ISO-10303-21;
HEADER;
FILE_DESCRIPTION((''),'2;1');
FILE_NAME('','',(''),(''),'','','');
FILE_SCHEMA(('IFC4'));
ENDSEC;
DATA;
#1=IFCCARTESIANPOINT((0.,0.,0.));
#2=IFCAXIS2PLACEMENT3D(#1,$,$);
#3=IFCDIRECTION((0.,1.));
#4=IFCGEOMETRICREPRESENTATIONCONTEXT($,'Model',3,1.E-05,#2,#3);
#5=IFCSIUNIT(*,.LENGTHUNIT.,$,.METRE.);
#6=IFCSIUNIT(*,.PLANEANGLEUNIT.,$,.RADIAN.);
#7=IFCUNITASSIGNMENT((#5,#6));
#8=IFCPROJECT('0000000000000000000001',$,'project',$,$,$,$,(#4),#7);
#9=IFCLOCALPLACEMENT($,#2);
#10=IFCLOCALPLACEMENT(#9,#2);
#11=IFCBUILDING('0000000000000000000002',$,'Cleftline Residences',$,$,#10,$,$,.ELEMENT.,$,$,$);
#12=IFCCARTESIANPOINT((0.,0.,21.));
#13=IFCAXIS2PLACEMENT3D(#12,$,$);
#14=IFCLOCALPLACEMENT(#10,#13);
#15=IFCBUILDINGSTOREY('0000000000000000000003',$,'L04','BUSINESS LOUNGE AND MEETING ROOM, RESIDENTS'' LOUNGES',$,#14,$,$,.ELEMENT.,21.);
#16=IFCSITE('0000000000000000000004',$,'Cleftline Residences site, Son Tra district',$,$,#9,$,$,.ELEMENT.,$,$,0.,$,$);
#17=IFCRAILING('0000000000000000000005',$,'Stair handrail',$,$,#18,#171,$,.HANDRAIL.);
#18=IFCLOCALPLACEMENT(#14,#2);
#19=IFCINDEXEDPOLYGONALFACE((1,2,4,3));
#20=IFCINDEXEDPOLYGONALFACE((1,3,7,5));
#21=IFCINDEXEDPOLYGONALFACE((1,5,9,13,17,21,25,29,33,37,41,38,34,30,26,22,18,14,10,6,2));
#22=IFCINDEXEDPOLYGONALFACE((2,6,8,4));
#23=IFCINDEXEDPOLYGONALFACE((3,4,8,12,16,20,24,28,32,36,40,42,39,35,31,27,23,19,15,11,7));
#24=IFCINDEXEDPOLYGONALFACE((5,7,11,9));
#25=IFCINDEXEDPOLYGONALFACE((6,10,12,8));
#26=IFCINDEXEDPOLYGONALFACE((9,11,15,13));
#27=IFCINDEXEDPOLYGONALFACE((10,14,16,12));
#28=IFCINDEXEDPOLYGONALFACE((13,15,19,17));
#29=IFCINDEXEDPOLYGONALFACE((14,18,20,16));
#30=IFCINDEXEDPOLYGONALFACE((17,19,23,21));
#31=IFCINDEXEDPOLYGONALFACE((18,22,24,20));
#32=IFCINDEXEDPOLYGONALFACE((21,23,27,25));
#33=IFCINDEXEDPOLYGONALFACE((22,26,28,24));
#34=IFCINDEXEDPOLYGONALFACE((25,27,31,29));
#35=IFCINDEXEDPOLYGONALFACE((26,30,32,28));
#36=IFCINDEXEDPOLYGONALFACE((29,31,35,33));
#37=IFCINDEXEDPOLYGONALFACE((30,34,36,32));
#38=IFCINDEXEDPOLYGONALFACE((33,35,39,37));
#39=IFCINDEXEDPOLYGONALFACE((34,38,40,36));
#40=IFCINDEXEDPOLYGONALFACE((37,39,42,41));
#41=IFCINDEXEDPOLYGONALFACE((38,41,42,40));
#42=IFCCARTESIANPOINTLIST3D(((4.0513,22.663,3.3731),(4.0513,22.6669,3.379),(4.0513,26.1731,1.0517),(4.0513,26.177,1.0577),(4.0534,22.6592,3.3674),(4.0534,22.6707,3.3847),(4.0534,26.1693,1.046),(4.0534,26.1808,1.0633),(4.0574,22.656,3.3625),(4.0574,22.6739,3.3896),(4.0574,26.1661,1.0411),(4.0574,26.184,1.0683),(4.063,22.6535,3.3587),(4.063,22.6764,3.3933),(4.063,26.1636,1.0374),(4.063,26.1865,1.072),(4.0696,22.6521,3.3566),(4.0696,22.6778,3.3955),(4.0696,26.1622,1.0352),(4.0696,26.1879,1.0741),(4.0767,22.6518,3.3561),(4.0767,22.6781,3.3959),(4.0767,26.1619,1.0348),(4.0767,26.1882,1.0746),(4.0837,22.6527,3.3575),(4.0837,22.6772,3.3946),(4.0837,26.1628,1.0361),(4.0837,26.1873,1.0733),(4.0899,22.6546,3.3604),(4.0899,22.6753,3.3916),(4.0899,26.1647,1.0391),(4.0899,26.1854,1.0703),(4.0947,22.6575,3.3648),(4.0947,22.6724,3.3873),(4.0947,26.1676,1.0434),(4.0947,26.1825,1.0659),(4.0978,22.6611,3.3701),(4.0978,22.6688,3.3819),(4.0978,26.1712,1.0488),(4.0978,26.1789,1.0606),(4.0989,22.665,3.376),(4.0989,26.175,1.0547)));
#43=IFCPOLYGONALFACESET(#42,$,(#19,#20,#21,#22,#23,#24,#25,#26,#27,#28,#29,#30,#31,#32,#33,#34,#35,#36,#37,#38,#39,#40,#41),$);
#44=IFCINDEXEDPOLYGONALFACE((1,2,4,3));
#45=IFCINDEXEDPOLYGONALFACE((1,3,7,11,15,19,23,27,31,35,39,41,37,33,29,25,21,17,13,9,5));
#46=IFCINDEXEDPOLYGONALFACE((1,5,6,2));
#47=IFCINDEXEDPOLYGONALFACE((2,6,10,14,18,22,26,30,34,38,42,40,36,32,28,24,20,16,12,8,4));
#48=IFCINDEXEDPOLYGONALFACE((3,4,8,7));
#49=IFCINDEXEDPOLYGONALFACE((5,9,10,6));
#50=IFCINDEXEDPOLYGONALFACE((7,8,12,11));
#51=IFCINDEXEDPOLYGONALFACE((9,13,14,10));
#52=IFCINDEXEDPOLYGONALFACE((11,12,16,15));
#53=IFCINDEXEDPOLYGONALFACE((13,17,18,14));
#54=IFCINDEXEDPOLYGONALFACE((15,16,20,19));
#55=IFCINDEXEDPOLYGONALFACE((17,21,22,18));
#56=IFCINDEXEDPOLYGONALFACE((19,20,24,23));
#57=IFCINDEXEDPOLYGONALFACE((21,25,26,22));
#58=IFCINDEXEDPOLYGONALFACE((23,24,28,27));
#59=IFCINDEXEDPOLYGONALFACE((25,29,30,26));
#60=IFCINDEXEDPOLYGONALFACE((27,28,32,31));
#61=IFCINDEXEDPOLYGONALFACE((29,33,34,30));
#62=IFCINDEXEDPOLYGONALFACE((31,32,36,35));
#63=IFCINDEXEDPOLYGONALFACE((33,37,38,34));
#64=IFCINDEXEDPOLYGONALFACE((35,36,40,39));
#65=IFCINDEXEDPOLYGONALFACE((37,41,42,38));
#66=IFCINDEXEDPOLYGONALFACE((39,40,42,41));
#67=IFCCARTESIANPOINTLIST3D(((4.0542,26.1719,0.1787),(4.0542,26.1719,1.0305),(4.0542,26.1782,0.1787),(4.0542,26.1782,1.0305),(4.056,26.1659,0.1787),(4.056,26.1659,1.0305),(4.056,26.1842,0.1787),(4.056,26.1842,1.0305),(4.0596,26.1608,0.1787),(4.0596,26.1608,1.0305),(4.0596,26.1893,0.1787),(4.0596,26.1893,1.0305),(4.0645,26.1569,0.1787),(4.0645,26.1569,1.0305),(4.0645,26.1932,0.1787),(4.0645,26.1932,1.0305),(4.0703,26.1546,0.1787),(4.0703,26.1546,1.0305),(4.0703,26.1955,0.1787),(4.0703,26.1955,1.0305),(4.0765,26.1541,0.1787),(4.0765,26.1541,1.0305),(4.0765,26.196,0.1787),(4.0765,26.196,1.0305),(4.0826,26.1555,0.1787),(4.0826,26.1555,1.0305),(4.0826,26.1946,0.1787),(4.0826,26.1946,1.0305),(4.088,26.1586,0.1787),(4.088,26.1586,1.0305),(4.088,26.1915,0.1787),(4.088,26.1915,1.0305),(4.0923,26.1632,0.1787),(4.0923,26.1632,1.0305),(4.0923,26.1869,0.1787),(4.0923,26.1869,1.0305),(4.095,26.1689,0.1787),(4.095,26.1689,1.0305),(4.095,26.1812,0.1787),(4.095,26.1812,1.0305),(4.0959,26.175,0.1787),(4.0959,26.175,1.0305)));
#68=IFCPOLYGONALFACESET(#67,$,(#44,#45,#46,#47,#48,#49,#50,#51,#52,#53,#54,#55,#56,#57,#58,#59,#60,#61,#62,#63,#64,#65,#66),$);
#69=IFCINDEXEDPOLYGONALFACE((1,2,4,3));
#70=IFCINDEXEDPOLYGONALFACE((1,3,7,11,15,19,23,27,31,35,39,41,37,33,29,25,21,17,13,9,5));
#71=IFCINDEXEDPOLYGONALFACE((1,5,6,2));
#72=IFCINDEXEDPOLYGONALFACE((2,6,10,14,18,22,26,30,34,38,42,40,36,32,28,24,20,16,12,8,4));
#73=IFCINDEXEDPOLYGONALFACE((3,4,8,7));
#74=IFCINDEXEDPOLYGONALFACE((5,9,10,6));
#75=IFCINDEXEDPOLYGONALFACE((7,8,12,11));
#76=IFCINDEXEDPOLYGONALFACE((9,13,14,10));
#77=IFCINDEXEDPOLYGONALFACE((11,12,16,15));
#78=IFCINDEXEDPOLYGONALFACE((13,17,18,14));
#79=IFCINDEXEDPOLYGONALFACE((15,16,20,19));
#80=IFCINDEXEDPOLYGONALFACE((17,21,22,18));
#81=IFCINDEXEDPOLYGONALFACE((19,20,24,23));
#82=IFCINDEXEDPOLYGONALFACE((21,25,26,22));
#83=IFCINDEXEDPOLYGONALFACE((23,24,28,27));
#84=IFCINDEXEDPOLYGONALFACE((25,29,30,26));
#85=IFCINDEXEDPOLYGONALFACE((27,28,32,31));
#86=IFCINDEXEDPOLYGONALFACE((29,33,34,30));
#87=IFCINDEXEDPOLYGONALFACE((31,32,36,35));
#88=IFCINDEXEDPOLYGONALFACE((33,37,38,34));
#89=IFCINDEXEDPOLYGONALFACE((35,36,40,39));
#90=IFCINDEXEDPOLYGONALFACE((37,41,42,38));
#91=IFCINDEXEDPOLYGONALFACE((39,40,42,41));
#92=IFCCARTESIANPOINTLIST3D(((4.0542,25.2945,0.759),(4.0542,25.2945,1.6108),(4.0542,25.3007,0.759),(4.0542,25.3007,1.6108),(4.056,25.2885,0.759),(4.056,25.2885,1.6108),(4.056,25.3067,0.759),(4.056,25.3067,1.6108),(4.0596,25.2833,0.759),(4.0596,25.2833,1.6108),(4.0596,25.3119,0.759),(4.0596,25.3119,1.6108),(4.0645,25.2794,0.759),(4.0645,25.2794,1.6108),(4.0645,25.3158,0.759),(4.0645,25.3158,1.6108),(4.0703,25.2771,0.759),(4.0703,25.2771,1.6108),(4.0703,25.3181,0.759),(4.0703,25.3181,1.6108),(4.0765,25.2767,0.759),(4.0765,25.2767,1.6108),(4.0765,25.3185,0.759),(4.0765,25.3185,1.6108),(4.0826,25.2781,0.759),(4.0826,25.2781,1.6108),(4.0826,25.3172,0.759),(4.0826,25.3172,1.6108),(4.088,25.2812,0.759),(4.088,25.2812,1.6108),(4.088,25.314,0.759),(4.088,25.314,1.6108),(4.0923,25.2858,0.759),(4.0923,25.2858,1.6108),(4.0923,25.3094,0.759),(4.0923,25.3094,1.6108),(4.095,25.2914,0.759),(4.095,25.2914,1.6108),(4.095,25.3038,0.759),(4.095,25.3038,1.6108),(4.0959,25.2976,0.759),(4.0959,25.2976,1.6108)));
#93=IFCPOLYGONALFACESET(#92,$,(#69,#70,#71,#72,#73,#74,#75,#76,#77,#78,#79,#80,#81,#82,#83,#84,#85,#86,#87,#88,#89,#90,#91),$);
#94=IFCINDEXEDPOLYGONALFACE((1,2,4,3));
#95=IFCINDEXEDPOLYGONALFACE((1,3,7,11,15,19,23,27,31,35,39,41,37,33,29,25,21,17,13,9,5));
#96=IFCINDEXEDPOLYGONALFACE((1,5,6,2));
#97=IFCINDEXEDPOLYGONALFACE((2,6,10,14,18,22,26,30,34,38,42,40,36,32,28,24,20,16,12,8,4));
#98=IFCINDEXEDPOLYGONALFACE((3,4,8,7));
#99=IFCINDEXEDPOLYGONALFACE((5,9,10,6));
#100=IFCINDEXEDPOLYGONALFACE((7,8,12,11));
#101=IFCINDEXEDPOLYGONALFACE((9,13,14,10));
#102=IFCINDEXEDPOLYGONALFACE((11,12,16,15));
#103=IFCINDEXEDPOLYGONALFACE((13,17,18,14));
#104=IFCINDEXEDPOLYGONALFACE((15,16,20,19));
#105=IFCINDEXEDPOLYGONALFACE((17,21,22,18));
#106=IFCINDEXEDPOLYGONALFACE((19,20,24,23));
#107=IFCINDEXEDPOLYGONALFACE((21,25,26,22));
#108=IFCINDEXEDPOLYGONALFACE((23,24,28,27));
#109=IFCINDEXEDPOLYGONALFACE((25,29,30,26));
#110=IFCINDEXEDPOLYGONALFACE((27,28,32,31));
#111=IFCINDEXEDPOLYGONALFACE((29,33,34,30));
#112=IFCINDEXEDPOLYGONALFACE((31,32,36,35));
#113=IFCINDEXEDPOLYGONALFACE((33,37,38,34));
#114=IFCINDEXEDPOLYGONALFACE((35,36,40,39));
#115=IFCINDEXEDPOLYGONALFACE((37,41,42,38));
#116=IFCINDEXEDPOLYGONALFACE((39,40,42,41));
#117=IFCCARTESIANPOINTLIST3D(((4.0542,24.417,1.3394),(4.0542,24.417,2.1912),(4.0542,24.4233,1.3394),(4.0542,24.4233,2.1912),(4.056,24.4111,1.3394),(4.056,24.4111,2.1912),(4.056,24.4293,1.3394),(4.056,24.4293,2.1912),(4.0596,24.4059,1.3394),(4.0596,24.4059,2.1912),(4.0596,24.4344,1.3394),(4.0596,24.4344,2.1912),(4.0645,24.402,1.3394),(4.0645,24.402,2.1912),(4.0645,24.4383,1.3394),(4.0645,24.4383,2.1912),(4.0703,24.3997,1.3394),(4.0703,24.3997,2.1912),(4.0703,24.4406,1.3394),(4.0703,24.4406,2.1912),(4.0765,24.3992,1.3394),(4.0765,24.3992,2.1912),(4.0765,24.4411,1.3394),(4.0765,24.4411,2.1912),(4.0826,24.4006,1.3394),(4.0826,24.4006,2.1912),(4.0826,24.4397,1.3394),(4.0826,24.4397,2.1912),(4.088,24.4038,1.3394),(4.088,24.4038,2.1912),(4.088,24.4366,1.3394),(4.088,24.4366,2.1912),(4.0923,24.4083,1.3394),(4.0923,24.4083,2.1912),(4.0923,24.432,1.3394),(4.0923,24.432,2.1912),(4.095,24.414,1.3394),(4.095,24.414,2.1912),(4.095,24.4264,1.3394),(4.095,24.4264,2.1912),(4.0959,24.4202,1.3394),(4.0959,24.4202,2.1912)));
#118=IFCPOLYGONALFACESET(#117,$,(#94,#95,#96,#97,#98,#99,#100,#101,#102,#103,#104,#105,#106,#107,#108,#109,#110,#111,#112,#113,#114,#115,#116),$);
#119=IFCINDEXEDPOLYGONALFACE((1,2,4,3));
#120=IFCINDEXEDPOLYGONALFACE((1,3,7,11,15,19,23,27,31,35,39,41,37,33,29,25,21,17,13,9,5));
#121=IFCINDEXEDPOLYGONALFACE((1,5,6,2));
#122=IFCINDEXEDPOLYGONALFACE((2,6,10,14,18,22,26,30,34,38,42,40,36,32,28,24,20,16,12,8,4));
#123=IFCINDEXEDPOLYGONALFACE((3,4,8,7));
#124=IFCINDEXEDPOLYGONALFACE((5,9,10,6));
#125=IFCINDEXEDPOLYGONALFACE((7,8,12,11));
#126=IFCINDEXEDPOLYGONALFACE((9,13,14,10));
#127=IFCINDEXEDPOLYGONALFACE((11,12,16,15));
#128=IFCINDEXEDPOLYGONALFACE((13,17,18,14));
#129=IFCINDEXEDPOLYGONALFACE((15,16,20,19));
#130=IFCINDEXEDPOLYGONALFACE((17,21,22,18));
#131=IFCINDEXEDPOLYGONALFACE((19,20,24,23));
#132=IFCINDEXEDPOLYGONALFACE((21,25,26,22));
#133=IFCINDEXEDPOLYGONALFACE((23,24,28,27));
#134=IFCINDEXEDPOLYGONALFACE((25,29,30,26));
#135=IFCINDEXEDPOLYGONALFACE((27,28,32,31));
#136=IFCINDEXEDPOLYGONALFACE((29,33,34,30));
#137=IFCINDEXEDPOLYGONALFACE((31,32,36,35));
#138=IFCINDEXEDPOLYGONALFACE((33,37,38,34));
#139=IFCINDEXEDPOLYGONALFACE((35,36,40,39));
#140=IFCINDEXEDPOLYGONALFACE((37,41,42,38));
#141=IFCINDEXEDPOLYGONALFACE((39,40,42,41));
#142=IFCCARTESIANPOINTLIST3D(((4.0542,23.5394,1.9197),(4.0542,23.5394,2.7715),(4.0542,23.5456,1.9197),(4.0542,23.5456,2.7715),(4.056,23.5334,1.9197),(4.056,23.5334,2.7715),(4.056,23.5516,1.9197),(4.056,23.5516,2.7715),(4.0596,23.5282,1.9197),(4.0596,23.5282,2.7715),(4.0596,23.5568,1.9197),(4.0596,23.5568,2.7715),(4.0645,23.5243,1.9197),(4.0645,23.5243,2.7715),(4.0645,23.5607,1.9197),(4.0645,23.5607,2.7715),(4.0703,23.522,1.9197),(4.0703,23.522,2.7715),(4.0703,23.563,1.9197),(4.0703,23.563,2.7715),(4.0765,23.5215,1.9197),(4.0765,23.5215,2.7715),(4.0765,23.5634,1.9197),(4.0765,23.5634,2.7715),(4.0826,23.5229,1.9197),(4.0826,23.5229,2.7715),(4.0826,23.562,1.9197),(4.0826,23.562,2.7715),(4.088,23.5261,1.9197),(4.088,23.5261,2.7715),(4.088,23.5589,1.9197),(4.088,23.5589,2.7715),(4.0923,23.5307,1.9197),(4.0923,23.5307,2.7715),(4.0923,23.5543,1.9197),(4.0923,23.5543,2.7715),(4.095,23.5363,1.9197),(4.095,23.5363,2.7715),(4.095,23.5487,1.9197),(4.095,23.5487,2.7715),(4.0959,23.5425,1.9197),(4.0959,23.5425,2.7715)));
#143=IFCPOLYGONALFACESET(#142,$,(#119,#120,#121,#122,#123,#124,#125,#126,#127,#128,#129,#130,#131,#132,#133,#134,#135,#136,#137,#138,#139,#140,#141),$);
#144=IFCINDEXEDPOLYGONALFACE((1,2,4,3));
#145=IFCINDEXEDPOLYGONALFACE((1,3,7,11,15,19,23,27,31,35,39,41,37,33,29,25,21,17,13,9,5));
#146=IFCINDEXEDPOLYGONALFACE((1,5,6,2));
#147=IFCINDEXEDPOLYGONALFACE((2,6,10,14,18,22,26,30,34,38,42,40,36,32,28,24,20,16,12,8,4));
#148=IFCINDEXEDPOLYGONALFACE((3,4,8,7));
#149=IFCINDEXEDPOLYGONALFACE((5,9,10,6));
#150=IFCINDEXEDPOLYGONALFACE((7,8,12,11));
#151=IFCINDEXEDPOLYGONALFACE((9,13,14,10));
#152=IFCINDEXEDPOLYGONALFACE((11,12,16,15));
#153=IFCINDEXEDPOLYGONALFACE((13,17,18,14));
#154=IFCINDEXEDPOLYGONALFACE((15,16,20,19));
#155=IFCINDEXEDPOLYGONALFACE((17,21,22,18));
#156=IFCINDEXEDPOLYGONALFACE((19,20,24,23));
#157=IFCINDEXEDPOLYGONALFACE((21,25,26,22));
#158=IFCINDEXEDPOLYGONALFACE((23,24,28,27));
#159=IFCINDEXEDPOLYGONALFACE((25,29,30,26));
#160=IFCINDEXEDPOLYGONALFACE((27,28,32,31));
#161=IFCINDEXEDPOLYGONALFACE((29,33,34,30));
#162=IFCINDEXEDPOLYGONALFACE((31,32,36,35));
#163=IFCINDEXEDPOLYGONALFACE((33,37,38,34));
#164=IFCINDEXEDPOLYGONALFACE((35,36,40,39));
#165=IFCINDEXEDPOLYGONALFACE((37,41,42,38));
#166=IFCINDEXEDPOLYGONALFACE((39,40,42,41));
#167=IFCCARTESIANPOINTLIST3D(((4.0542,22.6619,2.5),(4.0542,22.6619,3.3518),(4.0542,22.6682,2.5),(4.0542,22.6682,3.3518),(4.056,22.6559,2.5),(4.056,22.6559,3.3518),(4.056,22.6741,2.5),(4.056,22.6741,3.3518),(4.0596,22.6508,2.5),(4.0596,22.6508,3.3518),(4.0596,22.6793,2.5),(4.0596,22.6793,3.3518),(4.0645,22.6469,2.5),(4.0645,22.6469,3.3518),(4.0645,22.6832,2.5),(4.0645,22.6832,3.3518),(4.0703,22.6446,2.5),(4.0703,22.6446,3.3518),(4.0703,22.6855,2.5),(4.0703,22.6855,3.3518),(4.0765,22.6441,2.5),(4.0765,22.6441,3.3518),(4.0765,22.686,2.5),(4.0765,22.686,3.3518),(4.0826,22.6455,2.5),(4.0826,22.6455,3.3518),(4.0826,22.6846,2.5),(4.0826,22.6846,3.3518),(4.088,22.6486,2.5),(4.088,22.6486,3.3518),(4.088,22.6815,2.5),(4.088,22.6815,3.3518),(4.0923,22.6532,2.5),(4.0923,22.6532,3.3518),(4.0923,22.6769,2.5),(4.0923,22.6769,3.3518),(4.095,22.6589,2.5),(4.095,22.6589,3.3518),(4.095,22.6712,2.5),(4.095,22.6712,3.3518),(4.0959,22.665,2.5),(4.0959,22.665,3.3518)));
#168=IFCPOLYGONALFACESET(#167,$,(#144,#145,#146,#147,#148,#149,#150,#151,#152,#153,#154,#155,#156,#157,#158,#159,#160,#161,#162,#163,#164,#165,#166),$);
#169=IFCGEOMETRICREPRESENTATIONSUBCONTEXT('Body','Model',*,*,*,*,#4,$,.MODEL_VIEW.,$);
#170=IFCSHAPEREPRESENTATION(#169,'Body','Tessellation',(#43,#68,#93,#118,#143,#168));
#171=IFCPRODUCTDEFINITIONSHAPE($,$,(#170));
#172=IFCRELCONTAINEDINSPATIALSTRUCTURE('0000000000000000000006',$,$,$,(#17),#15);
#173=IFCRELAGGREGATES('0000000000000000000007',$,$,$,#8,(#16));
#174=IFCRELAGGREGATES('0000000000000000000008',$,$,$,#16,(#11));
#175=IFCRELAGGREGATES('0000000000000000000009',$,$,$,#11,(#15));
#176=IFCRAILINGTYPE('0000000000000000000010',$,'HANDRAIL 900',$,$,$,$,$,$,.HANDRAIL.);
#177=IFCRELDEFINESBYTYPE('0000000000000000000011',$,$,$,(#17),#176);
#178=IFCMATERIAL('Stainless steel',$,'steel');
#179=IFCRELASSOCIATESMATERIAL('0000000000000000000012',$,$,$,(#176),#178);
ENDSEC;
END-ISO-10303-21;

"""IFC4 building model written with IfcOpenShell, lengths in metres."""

from ifc_helpers import new_model, si_unit, direction, frame, origin, origin_2d, place, context, subcontext, project, spatial, circle, extrude, material, type_object, element, save


model = new_model("IFC4")

# Units and contexts
model_context = context("Model", 3, precision=1e-05, world=origin(), true_north=direction((0.0, 1.0)))
body_context = subcontext(model_context, "Body", "Model", "MODEL_VIEW")
ifc_project = project(units=[si_unit("LENGTHUNIT", "METRE"), si_unit("PLANEANGLEUNIT", "RADIAN")], contexts=[model_context])

# Site, building, storey
site_placement = place(None, origin())
site = spatial("IfcSite", under=ifc_project, at=site_placement, Name="Cleftline Residences site, Son Tra district", CompositionType="ELEMENT", RefElevation=0.0)
building_placement = place(site_placement, origin())
building = spatial("IfcBuilding", under=site, at=building_placement, Name="Cleftline Residences", CompositionType="ELEMENT")
storey_placement = place(building_placement, frame((0.0, 0.0, 21.0)))
storey = spatial("IfcBuildingStorey", under=building, at=storey_placement, Name="L04", Description="BUSINESS LOUNGE AND MEETING ROOM, RESIDENTS' LOUNGES", CompositionType="ELEMENT", Elevation=21.0)

# Railing
ifc_material_1 = material(Name="Stainless steel", Category="steel")
railing_type = type_object("IfcRailingType", Name="HANDRAIL 900", PredefinedType="HANDRAIL", material=ifc_material_1)
railing_placement = place(storey_placement, frame((4.075, 26.175, 0.1787)))
element("IfcRailing", 1, at=railing_placement, inside=storey, type_object=railing_type, Name="Stair handrail", PredefinedType="HANDRAIL", context=body_context, shape_type="SweptSolid", body=[
    extrude(circle(Radius=0.0239, at=origin_2d()), frame((0.0, 0.0, 0.876), z_axis=(0.0, -0.834097, 0.551617), x_axis=(1.0, 0.0, 0.0)), (0.0, 0.0, 1.0), 4.2083),
    extrude(circle(Radius=0.021, at=origin_2d()), origin(), (0.0, 0.0, 1.0), 0.8518),
    extrude(circle(Radius=0.021, at=origin_2d()), frame((0.0, -0.8774, 0.5803)), (0.0, 0.0, 1.0), 0.8518),
    extrude(circle(Radius=0.021, at=origin_2d()), frame((0.0, -1.7549, 1.1606)), (0.0, 0.0, 1.0), 0.8518),
    extrude(circle(Radius=0.021, at=origin_2d()), frame((0.0, -2.6326, 1.741)), (0.0, 0.0, 1.0), 0.8518),
    extrude(circle(Radius=0.021, at=origin_2d()), frame((0.0, -3.51, 2.3213)), (0.0, 0.0, 1.0), 0.8518),
])

save(model, "model.ifc")
